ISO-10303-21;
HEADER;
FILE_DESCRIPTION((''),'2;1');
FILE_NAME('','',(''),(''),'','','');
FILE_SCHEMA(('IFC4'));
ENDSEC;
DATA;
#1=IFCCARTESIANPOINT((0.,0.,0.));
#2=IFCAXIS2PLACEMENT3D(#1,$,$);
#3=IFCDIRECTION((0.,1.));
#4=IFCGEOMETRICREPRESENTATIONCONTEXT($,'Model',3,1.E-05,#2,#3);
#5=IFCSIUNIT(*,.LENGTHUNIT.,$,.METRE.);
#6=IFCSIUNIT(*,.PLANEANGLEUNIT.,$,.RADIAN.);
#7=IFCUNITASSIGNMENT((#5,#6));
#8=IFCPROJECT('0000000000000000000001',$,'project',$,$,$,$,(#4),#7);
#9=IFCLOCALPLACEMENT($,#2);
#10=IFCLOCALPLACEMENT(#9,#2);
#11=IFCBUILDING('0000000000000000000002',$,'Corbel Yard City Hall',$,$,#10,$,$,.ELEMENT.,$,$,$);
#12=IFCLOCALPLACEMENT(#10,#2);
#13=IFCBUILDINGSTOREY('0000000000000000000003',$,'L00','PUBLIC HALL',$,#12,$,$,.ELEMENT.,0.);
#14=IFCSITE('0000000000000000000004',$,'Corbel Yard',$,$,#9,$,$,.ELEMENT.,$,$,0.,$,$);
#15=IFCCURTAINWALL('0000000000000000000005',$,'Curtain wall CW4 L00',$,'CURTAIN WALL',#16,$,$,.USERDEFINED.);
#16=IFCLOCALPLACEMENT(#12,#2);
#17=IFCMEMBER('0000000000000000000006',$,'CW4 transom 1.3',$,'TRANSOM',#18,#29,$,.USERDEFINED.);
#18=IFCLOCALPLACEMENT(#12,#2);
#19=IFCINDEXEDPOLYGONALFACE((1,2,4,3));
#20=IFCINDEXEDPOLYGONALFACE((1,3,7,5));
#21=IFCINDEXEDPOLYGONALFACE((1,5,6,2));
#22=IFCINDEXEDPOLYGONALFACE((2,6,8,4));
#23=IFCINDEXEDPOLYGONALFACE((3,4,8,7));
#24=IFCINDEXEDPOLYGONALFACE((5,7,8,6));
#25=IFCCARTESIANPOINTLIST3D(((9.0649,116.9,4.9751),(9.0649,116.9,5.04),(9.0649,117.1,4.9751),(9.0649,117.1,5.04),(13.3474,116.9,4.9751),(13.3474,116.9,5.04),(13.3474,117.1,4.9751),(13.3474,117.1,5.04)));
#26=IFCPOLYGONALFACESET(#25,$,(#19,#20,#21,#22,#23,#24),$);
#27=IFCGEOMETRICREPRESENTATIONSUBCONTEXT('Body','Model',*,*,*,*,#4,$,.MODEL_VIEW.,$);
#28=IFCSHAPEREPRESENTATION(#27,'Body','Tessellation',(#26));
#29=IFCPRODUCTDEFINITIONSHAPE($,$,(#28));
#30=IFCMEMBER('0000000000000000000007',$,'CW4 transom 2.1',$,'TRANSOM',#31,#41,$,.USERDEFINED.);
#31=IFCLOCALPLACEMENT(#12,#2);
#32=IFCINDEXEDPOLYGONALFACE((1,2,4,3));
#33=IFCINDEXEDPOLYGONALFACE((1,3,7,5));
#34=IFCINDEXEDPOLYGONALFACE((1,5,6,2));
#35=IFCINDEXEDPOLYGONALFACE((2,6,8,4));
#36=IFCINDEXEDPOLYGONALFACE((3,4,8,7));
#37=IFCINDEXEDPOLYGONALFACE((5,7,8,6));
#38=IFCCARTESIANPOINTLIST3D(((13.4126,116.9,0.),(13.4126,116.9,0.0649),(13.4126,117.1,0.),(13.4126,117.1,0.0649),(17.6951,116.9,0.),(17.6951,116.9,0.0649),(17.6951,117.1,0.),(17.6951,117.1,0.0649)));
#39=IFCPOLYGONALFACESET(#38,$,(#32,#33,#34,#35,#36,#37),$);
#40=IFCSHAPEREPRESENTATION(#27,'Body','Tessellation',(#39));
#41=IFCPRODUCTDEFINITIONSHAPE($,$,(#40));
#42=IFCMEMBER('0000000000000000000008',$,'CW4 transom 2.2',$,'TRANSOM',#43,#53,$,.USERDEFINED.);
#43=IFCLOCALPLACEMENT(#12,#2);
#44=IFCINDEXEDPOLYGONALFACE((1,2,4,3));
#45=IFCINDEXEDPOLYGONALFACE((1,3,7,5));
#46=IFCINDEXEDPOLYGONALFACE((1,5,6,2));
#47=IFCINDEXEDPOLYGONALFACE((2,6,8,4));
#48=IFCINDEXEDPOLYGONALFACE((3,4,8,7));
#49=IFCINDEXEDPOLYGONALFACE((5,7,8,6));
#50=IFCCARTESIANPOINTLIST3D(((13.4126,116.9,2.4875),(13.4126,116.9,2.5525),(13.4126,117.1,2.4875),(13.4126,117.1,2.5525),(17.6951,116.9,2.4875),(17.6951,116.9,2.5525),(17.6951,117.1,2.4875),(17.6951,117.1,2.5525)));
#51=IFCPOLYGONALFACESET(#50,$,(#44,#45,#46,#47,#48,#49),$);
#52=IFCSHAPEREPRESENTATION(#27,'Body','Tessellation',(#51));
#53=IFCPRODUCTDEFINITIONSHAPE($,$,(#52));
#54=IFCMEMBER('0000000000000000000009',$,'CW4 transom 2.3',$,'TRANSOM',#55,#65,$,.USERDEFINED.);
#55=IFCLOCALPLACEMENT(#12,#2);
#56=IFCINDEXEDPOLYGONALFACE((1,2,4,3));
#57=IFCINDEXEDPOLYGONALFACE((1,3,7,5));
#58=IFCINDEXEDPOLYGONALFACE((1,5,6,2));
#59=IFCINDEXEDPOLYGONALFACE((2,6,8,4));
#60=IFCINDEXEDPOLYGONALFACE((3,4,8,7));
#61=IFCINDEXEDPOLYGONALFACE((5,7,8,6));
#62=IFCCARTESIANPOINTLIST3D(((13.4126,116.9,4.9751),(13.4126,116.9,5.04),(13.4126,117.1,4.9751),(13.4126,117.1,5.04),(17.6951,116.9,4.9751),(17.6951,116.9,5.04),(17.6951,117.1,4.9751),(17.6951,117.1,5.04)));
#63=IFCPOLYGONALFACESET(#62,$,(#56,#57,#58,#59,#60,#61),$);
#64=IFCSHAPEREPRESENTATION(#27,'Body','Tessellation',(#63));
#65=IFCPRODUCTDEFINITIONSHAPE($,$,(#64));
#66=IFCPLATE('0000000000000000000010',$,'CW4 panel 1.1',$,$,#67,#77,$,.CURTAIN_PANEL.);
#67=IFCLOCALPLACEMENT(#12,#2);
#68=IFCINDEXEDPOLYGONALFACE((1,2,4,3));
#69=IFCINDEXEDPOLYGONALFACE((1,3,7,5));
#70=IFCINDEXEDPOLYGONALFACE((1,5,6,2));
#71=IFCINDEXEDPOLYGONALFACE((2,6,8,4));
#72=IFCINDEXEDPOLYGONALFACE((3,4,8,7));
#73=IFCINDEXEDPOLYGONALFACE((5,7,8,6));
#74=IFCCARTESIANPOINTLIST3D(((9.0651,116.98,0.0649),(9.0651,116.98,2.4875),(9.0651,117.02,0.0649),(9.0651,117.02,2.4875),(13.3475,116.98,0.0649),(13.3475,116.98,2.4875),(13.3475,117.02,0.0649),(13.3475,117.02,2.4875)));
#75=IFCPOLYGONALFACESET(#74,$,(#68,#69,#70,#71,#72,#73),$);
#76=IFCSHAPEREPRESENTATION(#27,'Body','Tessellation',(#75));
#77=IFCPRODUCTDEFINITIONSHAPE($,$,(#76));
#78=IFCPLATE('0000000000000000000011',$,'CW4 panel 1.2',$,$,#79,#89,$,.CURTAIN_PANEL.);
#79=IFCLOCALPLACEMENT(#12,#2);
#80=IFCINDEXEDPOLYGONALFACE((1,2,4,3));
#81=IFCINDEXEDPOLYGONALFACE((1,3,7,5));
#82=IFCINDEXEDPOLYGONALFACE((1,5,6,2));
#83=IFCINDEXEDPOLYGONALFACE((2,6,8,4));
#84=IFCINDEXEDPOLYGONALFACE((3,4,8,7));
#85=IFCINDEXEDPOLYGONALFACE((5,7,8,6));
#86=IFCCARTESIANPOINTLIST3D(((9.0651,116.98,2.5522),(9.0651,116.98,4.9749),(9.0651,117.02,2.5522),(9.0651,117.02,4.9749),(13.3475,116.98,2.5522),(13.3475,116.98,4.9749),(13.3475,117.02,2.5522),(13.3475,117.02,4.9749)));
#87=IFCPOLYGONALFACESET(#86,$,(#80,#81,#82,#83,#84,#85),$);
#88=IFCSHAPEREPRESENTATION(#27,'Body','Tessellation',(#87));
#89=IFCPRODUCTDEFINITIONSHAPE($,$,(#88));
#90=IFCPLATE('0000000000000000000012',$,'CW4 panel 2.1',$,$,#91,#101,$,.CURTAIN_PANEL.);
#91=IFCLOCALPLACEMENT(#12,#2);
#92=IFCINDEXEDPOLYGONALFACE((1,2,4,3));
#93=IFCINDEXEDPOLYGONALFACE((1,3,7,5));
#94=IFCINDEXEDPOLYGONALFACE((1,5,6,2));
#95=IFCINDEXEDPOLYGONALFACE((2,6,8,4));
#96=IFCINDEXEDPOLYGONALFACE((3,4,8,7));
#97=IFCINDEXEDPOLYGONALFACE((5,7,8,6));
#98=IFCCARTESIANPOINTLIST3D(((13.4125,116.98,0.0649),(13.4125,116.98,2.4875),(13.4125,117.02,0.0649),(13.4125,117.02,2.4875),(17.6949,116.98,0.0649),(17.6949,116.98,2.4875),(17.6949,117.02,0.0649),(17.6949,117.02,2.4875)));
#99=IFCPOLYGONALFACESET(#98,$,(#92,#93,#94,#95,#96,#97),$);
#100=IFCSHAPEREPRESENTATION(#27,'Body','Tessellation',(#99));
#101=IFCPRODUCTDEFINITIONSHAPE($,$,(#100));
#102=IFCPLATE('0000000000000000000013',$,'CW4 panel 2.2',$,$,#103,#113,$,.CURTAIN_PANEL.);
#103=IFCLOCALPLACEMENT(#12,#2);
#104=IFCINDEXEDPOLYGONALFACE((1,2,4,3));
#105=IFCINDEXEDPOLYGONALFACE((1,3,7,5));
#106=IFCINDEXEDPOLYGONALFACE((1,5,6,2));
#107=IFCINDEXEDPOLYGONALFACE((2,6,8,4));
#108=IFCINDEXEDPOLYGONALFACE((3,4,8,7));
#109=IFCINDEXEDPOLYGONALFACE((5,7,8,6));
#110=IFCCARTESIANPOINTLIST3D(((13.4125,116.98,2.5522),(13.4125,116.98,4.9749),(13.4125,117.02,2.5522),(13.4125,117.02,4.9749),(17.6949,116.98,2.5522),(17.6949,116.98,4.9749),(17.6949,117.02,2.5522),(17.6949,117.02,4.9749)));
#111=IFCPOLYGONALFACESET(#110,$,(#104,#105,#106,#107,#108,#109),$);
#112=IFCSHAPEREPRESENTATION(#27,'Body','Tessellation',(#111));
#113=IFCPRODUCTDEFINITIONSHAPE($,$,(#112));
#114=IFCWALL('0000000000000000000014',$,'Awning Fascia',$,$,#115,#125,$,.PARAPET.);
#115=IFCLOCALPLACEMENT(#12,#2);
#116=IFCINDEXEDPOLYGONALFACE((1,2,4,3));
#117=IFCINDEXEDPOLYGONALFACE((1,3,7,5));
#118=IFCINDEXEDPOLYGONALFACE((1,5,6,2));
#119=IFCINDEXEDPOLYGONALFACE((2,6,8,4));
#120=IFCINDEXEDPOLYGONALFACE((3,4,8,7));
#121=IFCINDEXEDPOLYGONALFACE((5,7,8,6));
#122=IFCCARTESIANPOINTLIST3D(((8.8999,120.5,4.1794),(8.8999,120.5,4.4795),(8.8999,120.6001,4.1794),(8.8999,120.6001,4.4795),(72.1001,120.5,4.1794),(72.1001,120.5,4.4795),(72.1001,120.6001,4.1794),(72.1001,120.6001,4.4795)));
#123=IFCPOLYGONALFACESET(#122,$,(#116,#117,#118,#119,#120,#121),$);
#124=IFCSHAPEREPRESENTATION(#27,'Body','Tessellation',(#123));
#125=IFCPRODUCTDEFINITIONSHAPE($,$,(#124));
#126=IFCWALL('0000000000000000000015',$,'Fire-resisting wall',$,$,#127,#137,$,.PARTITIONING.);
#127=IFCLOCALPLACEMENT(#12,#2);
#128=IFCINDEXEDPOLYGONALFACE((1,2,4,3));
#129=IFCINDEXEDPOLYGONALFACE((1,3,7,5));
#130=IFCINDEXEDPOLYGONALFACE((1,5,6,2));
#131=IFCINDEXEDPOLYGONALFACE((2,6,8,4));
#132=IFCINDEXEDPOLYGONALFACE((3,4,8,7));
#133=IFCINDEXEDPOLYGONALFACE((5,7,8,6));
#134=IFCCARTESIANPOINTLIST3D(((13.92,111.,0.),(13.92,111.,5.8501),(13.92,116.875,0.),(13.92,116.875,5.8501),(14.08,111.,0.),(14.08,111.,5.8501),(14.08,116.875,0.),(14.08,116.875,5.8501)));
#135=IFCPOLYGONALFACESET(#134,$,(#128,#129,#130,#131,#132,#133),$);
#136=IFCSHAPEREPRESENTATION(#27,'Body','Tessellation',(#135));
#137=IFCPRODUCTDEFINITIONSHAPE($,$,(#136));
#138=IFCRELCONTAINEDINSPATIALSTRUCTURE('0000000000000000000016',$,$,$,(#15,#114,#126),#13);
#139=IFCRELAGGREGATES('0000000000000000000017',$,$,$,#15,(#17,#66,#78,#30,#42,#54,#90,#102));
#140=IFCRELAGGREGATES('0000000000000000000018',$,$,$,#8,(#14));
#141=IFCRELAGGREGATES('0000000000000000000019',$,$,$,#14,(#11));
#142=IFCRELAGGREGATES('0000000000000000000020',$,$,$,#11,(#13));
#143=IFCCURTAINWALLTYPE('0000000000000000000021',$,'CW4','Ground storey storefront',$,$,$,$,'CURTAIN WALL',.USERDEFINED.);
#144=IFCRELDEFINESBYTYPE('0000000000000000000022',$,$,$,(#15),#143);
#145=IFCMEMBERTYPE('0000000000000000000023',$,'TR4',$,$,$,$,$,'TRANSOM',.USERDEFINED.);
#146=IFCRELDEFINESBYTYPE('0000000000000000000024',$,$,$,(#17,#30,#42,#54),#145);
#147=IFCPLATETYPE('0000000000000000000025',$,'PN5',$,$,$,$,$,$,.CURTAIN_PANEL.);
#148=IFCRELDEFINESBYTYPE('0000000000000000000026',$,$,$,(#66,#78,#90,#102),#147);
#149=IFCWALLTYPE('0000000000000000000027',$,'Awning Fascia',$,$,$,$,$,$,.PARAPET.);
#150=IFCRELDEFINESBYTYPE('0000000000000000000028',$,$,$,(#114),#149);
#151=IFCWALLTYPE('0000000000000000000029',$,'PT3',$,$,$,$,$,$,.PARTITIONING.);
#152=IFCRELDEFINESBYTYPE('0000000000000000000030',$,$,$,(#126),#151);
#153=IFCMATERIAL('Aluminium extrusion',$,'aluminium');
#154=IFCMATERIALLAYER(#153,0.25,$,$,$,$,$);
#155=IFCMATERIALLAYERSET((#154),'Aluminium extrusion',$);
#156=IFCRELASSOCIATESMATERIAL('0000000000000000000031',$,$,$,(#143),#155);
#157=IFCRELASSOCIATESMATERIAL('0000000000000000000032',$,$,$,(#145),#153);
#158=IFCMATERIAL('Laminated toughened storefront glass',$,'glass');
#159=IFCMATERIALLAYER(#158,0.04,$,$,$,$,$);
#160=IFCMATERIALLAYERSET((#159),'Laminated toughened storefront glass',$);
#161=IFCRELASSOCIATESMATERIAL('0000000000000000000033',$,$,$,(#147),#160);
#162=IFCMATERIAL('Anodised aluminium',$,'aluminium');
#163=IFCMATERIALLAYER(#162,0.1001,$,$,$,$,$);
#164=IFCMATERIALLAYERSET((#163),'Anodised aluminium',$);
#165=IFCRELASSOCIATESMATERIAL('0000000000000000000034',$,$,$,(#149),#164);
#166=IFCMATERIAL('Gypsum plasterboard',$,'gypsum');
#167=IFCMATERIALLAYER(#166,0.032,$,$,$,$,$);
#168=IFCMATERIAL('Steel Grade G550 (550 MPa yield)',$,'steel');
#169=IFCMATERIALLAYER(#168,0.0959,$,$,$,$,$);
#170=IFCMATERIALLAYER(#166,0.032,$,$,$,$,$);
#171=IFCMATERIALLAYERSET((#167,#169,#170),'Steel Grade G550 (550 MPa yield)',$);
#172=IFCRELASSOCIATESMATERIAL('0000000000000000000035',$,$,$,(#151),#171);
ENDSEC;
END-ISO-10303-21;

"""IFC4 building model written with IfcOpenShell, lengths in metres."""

from ifc_helpers import new_model, si_unit, direction, frame, frame_2d, origin, origin_2d, place, context, subcontext, project, spatial, rectangle, extrude, material, layer, layer_set, material_profile, profile_set, type_object, element, aggregate, save


model = new_model("IFC4")

# Units and contexts
model_context = context("Model", 3, precision=1e-05, world=origin(), true_north=direction((0.0, 1.0)))
body_context = subcontext(model_context, "Body", "Model", "MODEL_VIEW")
ifc_project = project(units=[si_unit("LENGTHUNIT", "METRE"), si_unit("PLANEANGLEUNIT", "RADIAN")], contexts=[model_context])

# Site, building, storey
site_placement = place(None, origin())
site = spatial("IfcSite", under=ifc_project, at=site_placement, Name="Corbel Yard", CompositionType="ELEMENT", RefElevation=0.0)
building_placement = place(site_placement, origin())
building = spatial("IfcBuilding", under=site, at=building_placement, Name="Corbel Yard City Hall", CompositionType="ELEMENT")
storey_placement = place(building_placement, origin())
storey = spatial("IfcBuildingStorey", under=building, at=storey_placement, Name="L00", Description="PUBLIC HALL", CompositionType="ELEMENT", Elevation=0.0)

# Curtain wall, members, plates
ifc_material_1 = material(Name="Aluminium extrusion", Category="aluminium")
ifc_layer_1 = layer(ifc_material_1, 0.25)
ifc_layer_set_1 = layer_set([ifc_layer_1], Name="Aluminium extrusion")
curtain_wall_type = type_object("IfcCurtainWallType", Name="CW4", Description="Ground storey storefront", ElementType="CURTAIN WALL", PredefinedType="USERDEFINED", material=ifc_layer_set_1)
curtain_wall_placement = place(storey_placement, origin())
curtain_wall = element("IfcCurtainWall", 1, at=curtain_wall_placement, inside=storey, type_object=curtain_wall_type, Name="Curtain wall CW4 L00", ObjectType="CURTAIN WALL", PredefinedType="USERDEFINED")
ifc_material_profile_1 = material_profile(ifc_material_1, rectangle(XDim=0.2, YDim=0.0649, at=origin_2d()), Name="200x65")
ifc_profile_set_1 = profile_set([ifc_material_profile_1], Name="Aluminium extrusion")
member_type_1 = type_object("IfcMemberType", Name="TR4", ElementType="TRANSOM", PredefinedType="USERDEFINED", material=ifc_profile_set_1)
member_1_placement = place(storey_placement, frame((9.0649, 117.0, 5.0076), z_axis=(1.0, 0.0, 0.0), x_axis=(0.0, 1.0, 0.0)))
member_1 = element("IfcMember", 2, at=member_1_placement, type_object=member_type_1, Name="CW4 transom 1.3", ObjectType="TRANSOM", PredefinedType="USERDEFINED", context=body_context, shape_type="SweptSolid", body=[
    extrude(rectangle(XDim=0.2, YDim=0.0649, at=origin_2d()), origin(), (0.0, 0.0, 1.0), 4.2825),
])
member_2_placement = place(storey_placement, frame((13.4126, 117.0, 0.0325), z_axis=(1.0, 0.0, 0.0), x_axis=(0.0, 1.0, 0.0)))
member_2 = element("IfcMember", 3, at=member_2_placement, type_object=member_type_1, Name="CW4 transom 2.1", ObjectType="TRANSOM", PredefinedType="USERDEFINED", context=body_context, shape_type="SweptSolid", body=[
    extrude(rectangle(XDim=0.2, YDim=0.0649, at=origin_2d()), origin(), (0.0, 0.0, 1.0), 4.2825),
])
member_3_placement = place(storey_placement, frame((13.4126, 117.0, 2.52), z_axis=(1.0, 0.0, 0.0), x_axis=(0.0, 1.0, 0.0)))
member_3 = element("IfcMember", 4, at=member_3_placement, type_object=member_type_1, Name="CW4 transom 2.2", ObjectType="TRANSOM", PredefinedType="USERDEFINED", context=body_context, shape_type="SweptSolid", body=[
    extrude(rectangle(XDim=0.2, YDim=0.0649, at=origin_2d()), origin(), (0.0, 0.0, 1.0), 4.2825),
])
member_4_placement = place(storey_placement, frame((13.4126, 117.0, 5.0076), z_axis=(1.0, 0.0, 0.0), x_axis=(0.0, 1.0, 0.0)))
member_4 = element("IfcMember", 5, at=member_4_placement, type_object=member_type_1, Name="CW4 transom 2.3", ObjectType="TRANSOM", PredefinedType="USERDEFINED", context=body_context, shape_type="SweptSolid", body=[
    extrude(rectangle(XDim=0.2, YDim=0.0649, at=origin_2d()), origin(), (0.0, 0.0, 1.0), 4.2825),
])
ifc_material_2 = material(Name="Laminated toughened storefront glass", Category="glass")
ifc_layer_2 = layer(ifc_material_2, 0.04)
ifc_layer_set_2 = layer_set([ifc_layer_2], Name="Laminated toughened storefront glass")
plate_type = type_object("IfcPlateType", Name="PN5", PredefinedType="CURTAIN_PANEL", material=ifc_layer_set_2)
plate_1_placement = place(storey_placement, frame((11.2063, 117.0, 0.0649), z_axis=(0.0, 0.0, 1.0), x_axis=(1.0, 0.0, 0.0)))
plate_1 = element("IfcPlate", 6, at=plate_1_placement, type_object=plate_type, Name="CW4 panel 1.1", PredefinedType="CURTAIN_PANEL", context=body_context, shape_type="SweptSolid", body=[
    extrude(rectangle(XDim=4.2825, YDim=0.04, at=origin_2d()), origin(), (0.0, 0.0, 1.0), 2.4226),
])
plate_2_placement = place(storey_placement, frame((11.2063, 117.0, 2.5522), z_axis=(0.0, 0.0, 1.0), x_axis=(1.0, 0.0, 0.0)))
plate_2 = element("IfcPlate", 7, at=plate_2_placement, type_object=plate_type, Name="CW4 panel 1.2", PredefinedType="CURTAIN_PANEL", context=body_context, shape_type="SweptSolid", body=[
    extrude(rectangle(XDim=4.2825, YDim=0.04, at=origin_2d()), origin(), (0.0, 0.0, 1.0), 2.4226),
])
plate_3_placement = place(storey_placement, frame((15.5537, 117.0, 0.0649), z_axis=(0.0, 0.0, 1.0), x_axis=(1.0, 0.0, 0.0)))
plate_3 = element("IfcPlate", 8, at=plate_3_placement, type_object=plate_type, Name="CW4 panel 2.1", PredefinedType="CURTAIN_PANEL", context=body_context, shape_type="SweptSolid", body=[
    extrude(rectangle(XDim=4.2825, YDim=0.04, at=origin_2d()), origin(), (0.0, 0.0, 1.0), 2.4226),
])
plate_4_placement = place(storey_placement, frame((15.5537, 117.0, 2.5522), z_axis=(0.0, 0.0, 1.0), x_axis=(1.0, 0.0, 0.0)))
plate_4 = element("IfcPlate", 9, at=plate_4_placement, type_object=plate_type, Name="CW4 panel 2.2", PredefinedType="CURTAIN_PANEL", context=body_context, shape_type="SweptSolid", body=[
    extrude(rectangle(XDim=4.2825, YDim=0.04, at=origin_2d()), origin(), (0.0, 0.0, 1.0), 2.4226),
])
aggregate(curtain_wall, [member_1, plate_1, plate_2, member_2, member_3, member_4, plate_3, plate_4])

# Walls
ifc_material_3 = material(Name="Anodised aluminium", Category="aluminium")
ifc_layer_3 = layer(ifc_material_3, 0.1001)
ifc_layer_set_3 = layer_set([ifc_layer_3], Name="Anodised aluminium")
wall_type_1 = type_object("IfcWallType", Name="Awning Fascia", PredefinedType="PARAPET", material=ifc_layer_set_3)
wall_1_placement = place(storey_placement, frame((8.8999, 120.55, 4.1794), z_axis=(0.0, 0.0, 1.0), x_axis=(1.0, 0.0, 0.0)))
element("IfcWall", 10, at=wall_1_placement, inside=storey, type_object=wall_type_1, Name="Awning Fascia", PredefinedType="PARAPET", context=body_context, shape_type="SweptSolid", body=[
    extrude(rectangle(XDim=63.2002, YDim=0.1001, at=frame_2d((31.6001, 0.0))), origin(), (0.0, 0.0, 1.0), 0.3),
])
ifc_material_4 = material(Name="Gypsum plasterboard", Category="gypsum")
ifc_layer_4 = layer(ifc_material_4, 0.032)
ifc_material_5 = material(Name="Steel Grade G550 (550 MPa yield)", Category="steel")
ifc_layer_5 = layer(ifc_material_5, 0.0959)
ifc_layer_6 = layer(ifc_material_4, 0.032)
ifc_layer_set_4 = layer_set([ifc_layer_4, ifc_layer_5, ifc_layer_6], Name="Steel Grade G550 (550 MPa yield)")
wall_type_2 = type_object("IfcWallType", Name="PT3", PredefinedType="PARTITIONING", material=ifc_layer_set_4)
wall_2_placement = place(storey_placement, frame((14.0, 111.0, 0.0), z_axis=(0.0, 0.0, 1.0), x_axis=(0.0, 1.0, 0.0)))
element("IfcWall", 11, at=wall_2_placement, inside=storey, type_object=wall_type_2, Name="Fire-resisting wall", PredefinedType="PARTITIONING", context=body_context, shape_type="SweptSolid", body=[
    extrude(rectangle(XDim=5.875, YDim=0.1599, at=frame_2d((2.9375, 0.0))), origin(), (0.0, 0.0, 1.0), 5.8501),
])

save(model, "model.ifc")
